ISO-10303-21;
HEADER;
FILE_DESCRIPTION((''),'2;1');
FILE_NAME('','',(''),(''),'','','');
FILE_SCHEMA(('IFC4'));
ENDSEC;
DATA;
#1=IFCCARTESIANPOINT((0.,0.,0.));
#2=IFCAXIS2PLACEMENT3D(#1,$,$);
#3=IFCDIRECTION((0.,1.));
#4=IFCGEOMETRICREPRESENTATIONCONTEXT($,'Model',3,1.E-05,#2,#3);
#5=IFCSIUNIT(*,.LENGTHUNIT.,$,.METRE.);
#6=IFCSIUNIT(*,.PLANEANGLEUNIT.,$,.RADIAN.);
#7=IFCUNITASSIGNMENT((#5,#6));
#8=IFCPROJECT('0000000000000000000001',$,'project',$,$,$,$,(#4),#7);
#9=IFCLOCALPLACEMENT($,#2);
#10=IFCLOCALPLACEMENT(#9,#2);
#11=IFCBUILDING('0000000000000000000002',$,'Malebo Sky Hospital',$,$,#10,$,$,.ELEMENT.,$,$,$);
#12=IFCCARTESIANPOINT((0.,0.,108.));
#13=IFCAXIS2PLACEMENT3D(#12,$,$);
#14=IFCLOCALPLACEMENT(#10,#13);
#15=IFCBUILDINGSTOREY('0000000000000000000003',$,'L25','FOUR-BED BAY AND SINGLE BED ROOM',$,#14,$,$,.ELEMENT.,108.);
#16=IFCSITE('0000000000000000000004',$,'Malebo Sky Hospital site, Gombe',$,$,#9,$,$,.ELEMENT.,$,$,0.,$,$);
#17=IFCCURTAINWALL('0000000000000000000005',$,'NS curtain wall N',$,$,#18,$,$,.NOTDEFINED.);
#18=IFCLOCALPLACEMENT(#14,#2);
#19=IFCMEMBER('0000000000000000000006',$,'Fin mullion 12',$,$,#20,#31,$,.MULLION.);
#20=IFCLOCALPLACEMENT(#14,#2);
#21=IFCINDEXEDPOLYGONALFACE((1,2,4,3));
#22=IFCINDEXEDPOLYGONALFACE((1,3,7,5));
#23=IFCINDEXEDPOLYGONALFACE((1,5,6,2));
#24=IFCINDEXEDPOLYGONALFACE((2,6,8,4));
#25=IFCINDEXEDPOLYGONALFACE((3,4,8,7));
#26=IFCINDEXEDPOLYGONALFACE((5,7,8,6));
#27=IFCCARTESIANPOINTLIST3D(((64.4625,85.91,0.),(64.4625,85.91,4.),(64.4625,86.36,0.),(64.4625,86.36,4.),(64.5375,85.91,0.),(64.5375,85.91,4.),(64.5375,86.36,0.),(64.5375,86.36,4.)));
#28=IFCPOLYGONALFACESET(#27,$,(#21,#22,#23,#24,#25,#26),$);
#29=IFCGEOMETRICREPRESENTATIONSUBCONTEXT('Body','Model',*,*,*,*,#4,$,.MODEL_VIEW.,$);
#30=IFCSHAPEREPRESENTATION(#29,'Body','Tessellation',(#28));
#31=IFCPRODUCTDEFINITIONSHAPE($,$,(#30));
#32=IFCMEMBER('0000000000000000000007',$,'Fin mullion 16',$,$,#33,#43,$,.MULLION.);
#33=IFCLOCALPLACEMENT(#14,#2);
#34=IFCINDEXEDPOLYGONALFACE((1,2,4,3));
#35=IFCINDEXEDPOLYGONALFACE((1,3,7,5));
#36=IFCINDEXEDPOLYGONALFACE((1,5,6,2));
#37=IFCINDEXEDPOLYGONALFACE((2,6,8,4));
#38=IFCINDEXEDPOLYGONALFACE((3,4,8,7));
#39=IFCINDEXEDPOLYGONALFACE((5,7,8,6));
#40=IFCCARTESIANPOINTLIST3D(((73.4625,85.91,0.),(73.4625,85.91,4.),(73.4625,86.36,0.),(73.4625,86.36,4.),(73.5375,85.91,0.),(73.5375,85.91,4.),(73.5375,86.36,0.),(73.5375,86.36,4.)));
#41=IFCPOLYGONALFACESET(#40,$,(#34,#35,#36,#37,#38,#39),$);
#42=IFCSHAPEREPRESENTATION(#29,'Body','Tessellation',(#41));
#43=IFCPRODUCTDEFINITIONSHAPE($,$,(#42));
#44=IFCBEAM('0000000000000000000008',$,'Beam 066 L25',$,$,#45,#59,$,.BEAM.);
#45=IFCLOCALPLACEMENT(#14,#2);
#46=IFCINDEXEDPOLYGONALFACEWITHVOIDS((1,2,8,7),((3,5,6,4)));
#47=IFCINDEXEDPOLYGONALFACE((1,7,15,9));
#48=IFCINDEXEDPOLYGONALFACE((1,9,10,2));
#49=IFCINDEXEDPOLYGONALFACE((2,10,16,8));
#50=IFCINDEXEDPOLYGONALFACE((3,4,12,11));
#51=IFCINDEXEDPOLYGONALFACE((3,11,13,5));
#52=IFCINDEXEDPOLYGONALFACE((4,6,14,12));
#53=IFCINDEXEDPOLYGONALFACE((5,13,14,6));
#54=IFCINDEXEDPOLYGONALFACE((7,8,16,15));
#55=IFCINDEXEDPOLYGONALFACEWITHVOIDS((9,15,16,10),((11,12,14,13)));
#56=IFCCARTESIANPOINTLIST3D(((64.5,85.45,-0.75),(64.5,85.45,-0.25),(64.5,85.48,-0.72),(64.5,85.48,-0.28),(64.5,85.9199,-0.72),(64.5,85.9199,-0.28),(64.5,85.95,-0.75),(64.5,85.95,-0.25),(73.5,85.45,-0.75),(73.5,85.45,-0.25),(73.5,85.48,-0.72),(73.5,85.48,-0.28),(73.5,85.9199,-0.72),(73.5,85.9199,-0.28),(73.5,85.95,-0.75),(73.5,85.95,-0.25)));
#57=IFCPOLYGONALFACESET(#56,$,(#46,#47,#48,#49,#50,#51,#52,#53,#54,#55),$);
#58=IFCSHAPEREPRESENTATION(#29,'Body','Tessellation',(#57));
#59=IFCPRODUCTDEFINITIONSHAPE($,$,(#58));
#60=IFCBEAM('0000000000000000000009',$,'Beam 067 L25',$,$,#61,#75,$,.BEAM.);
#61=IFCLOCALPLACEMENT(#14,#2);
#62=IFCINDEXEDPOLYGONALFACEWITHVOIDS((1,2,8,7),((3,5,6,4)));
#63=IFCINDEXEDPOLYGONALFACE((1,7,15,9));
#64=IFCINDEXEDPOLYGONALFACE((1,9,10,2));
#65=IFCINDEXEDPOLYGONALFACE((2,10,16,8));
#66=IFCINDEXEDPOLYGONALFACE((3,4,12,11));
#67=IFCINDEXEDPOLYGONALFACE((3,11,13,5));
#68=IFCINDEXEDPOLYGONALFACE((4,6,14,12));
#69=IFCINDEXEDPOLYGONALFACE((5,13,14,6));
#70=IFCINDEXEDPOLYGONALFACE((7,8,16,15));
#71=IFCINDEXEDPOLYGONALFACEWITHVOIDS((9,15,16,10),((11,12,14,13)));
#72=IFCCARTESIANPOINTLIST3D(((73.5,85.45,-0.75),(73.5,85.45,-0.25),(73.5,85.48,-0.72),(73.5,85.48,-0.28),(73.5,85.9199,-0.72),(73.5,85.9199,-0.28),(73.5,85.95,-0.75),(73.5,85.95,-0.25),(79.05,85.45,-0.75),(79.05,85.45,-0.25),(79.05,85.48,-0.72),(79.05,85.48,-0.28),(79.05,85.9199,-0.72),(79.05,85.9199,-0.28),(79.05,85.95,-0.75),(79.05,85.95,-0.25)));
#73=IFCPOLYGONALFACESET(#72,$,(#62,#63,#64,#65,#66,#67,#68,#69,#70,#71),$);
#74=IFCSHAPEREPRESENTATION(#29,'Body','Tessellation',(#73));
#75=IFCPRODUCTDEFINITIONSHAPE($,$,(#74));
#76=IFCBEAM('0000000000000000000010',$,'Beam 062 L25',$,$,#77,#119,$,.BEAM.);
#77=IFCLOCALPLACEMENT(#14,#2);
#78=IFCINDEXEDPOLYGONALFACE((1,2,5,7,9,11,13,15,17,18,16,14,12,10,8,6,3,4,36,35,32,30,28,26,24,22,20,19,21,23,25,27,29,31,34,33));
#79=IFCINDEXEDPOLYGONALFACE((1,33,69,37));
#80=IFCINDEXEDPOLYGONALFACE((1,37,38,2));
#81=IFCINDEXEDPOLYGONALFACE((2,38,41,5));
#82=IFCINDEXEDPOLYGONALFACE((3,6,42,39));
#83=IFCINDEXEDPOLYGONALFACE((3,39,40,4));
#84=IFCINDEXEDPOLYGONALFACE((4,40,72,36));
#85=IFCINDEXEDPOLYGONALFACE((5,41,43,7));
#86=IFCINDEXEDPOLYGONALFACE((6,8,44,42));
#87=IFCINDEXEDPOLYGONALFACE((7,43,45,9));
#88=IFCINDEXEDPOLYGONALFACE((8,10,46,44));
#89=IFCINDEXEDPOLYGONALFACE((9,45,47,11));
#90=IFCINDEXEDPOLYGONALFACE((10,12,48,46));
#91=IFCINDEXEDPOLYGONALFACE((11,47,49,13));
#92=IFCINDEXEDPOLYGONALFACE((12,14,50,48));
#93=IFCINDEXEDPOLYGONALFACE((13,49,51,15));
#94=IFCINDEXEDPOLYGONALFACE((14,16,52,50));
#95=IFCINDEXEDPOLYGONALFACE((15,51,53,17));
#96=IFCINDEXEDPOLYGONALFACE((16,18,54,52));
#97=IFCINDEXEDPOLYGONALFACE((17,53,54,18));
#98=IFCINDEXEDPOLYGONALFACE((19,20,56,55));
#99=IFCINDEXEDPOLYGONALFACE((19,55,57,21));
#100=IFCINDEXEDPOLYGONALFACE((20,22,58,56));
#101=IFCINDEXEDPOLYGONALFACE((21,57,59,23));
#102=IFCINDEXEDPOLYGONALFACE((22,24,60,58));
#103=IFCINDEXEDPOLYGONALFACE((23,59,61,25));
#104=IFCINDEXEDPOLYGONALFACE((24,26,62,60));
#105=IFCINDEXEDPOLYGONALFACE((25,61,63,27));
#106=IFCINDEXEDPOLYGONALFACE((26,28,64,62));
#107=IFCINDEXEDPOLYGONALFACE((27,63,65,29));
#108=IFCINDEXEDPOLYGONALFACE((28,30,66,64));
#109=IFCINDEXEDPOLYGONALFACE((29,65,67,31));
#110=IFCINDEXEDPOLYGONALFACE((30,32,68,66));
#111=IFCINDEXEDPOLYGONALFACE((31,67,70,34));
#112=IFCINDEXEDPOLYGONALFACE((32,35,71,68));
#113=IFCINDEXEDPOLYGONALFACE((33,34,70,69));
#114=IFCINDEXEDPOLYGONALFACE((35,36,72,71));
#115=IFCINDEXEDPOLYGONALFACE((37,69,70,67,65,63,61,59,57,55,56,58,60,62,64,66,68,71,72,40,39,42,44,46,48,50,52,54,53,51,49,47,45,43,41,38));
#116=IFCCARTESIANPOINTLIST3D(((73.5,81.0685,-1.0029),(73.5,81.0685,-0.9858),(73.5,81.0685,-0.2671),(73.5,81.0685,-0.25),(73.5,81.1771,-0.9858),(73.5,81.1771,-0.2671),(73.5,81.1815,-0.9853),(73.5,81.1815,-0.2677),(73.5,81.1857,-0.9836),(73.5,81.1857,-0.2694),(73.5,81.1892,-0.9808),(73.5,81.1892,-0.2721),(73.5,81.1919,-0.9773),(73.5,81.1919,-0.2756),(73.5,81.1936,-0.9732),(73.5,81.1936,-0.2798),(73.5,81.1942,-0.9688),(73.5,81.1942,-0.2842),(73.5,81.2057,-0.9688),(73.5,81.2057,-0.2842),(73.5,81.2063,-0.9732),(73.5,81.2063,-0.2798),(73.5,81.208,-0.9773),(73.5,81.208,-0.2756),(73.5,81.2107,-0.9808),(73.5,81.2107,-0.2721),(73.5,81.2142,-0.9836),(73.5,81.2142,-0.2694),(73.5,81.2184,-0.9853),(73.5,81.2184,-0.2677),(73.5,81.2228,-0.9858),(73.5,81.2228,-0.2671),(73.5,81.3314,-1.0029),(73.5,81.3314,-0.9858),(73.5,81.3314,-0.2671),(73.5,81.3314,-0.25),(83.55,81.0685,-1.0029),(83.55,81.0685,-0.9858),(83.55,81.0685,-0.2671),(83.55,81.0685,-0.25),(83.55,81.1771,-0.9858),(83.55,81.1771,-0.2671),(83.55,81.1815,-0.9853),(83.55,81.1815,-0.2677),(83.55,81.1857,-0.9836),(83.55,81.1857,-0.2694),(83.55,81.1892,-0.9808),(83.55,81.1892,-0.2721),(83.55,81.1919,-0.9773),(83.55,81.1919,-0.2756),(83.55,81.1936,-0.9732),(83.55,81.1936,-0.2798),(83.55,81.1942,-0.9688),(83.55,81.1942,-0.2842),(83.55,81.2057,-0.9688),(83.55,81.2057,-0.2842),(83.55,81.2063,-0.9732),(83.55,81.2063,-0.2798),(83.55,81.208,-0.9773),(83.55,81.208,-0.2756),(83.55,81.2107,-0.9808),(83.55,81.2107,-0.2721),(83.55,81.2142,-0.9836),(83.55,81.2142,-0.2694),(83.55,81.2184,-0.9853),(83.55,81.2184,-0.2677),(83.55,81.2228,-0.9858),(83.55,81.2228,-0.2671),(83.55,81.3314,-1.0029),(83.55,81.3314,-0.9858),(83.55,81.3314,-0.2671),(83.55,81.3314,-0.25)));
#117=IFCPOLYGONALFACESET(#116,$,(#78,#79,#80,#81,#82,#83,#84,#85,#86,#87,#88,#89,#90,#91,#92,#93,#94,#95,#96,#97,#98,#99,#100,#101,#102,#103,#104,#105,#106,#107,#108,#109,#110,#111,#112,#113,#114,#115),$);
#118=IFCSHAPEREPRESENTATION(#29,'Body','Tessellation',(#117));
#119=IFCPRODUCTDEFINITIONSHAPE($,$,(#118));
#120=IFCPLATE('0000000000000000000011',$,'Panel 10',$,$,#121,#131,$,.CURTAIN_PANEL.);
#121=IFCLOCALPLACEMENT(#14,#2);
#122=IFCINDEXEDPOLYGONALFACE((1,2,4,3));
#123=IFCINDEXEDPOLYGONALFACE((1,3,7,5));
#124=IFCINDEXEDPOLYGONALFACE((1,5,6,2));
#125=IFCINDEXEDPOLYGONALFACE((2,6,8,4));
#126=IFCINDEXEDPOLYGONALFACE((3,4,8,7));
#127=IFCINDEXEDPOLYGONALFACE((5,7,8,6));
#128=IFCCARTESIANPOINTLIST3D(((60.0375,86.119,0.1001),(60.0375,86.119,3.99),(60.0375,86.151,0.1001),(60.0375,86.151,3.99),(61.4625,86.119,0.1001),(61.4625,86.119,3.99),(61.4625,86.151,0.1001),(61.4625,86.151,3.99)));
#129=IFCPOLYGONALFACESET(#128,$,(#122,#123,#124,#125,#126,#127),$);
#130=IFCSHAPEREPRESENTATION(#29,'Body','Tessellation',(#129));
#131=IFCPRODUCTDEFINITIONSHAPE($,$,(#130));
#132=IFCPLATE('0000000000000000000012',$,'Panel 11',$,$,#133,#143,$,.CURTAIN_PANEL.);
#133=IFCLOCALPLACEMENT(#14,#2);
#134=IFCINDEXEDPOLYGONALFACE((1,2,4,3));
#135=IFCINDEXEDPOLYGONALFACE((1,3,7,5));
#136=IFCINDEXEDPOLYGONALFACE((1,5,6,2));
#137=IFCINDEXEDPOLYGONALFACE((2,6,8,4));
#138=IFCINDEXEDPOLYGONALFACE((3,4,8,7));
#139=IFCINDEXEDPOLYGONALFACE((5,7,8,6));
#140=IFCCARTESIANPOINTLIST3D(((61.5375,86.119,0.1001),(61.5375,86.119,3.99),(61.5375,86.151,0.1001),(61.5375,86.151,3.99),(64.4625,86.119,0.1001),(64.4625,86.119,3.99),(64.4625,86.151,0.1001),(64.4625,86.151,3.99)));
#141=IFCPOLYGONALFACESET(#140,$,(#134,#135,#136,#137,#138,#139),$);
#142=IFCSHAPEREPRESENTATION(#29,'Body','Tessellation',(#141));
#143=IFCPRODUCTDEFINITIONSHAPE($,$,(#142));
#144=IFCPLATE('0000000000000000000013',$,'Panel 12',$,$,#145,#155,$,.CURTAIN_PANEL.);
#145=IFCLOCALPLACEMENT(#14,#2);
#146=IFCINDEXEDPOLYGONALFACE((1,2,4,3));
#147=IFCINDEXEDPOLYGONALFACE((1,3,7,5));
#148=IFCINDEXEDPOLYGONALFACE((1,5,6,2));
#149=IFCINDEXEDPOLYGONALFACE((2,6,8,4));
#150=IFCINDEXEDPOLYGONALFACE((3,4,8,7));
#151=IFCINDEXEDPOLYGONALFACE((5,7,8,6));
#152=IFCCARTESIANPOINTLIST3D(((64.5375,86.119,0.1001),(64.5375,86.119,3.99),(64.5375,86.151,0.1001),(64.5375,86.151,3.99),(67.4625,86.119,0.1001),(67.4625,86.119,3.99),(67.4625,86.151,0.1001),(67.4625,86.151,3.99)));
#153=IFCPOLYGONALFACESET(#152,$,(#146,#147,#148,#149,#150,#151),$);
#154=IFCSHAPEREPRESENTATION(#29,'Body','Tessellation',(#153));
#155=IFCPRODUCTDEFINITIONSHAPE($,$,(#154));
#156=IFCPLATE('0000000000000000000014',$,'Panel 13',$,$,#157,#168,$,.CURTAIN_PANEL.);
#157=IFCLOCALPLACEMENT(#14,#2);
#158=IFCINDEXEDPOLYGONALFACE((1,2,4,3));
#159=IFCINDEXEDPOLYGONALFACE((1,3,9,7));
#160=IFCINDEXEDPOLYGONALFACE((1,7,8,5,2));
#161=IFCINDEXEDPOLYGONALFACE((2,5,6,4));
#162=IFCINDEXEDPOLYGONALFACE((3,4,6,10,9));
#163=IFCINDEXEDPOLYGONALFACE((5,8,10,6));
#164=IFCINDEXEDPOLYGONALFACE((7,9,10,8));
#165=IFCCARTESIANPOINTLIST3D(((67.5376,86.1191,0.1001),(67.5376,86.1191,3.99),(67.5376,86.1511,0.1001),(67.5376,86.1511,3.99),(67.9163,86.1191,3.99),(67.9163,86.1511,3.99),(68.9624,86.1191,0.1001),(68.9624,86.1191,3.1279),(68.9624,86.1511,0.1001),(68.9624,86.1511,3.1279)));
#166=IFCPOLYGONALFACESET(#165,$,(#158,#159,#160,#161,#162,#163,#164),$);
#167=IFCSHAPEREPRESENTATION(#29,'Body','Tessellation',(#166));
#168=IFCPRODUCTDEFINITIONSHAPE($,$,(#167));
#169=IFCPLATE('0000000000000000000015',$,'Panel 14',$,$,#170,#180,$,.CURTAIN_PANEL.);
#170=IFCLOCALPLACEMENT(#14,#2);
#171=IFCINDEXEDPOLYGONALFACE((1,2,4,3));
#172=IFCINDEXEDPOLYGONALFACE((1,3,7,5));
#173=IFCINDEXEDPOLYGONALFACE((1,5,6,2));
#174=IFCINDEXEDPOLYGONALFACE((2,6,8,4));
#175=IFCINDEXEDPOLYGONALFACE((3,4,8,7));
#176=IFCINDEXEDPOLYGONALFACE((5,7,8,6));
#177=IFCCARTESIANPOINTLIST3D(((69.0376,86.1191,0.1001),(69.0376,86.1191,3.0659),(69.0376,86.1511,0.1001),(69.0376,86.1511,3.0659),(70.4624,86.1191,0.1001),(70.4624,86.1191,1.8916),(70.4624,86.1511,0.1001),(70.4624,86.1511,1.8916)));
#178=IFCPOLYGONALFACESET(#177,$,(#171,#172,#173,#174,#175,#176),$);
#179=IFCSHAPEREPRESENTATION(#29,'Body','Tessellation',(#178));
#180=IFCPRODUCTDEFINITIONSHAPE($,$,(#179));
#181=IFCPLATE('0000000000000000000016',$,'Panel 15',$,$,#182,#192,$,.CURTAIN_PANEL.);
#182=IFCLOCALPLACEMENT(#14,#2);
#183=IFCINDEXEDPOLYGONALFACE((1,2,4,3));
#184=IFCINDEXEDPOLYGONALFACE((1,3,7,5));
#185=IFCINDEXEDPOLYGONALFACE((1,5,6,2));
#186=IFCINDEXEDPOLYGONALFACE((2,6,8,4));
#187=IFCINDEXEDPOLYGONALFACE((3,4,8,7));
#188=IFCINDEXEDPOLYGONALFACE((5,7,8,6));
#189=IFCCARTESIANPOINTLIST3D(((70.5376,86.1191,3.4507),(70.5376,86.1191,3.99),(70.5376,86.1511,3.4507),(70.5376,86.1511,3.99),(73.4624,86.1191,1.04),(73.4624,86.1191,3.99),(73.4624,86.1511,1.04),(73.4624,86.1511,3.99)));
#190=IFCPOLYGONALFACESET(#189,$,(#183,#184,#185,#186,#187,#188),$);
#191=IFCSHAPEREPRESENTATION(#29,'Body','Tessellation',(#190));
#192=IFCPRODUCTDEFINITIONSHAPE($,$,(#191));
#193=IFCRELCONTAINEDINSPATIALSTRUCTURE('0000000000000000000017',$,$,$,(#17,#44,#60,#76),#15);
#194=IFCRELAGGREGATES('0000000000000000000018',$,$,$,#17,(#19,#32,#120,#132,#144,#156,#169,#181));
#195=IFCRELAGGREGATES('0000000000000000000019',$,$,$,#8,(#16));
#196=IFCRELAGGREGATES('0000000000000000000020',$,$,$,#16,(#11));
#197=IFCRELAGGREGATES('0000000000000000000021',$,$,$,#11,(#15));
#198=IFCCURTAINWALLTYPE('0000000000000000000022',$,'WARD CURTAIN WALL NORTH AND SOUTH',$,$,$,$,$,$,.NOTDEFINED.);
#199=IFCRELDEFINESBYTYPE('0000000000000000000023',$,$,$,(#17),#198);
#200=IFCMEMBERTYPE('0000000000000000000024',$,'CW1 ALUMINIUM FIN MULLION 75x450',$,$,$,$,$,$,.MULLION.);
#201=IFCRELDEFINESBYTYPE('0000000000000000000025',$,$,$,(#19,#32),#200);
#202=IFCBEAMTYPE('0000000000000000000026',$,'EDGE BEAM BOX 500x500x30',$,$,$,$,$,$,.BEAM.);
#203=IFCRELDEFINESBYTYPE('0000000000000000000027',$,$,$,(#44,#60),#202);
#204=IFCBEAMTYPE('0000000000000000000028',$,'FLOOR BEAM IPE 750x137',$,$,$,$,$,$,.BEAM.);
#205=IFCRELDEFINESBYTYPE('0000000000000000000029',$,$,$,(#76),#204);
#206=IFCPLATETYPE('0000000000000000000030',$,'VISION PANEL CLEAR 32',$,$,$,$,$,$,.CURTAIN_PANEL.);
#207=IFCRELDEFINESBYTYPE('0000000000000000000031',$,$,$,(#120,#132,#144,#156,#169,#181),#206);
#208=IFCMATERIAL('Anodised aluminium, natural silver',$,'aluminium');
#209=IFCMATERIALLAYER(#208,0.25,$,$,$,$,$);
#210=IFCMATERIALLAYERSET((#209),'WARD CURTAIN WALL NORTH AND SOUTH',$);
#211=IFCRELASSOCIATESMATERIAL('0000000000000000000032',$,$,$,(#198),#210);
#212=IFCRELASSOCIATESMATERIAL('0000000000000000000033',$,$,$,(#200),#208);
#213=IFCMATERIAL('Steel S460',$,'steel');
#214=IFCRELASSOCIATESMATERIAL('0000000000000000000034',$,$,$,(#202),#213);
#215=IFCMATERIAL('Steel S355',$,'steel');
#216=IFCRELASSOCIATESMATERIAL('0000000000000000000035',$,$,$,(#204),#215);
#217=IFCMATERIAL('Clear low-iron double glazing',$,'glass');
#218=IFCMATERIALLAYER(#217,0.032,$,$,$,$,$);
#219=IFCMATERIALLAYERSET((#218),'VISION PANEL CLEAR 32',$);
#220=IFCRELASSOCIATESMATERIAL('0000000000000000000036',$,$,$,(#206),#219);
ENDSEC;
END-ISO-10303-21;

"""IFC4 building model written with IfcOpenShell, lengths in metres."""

from ifc_helpers import new_model, si_unit, direction, frame, origin, origin_2d, place, context, subcontext, project, spatial, polyline, rectangle, hollow_rectangle, i_section, outline, extrude, material, layer, layer_set, material_profile, profile_set, type_object, element, aggregate, save


model = new_model("IFC4")

# Units and contexts
model_context = context("Model", 3, precision=1e-05, world=origin(), true_north=direction((0.0, 1.0)))
body_context = subcontext(model_context, "Body", "Model", "MODEL_VIEW")
ifc_project = project(units=[si_unit("LENGTHUNIT", "METRE"), si_unit("PLANEANGLEUNIT", "RADIAN")], contexts=[model_context])

# Site, building, storey
site_placement = place(None, origin())
site = spatial("IfcSite", under=ifc_project, at=site_placement, Name="Malebo Sky Hospital site, Gombe", CompositionType="ELEMENT", RefElevation=0.0)
building_placement = place(site_placement, origin())
building = spatial("IfcBuilding", under=site, at=building_placement, Name="Malebo Sky Hospital", CompositionType="ELEMENT")
storey_placement = place(building_placement, frame((0.0, 0.0, 108.0)))
storey = spatial("IfcBuildingStorey", under=building, at=storey_placement, Name="L25", Description="FOUR-BED BAY AND SINGLE BED ROOM", CompositionType="ELEMENT", Elevation=108.0)

# Shared definitions
ifc_material_1 = material(Name="Steel S460", Category="steel")

# Curtain wall, members
ifc_material_2 = material(Name="Anodised aluminium, natural silver", Category="aluminium")
ifc_layer_1 = layer(ifc_material_2, 0.25)
ifc_layer_set_1 = layer_set([ifc_layer_1], Name="WARD CURTAIN WALL NORTH AND SOUTH")
curtain_wall_type = type_object("IfcCurtainWallType", Name="WARD CURTAIN WALL NORTH AND SOUTH", PredefinedType="NOTDEFINED", material=ifc_layer_set_1)
curtain_wall_placement = place(storey_placement, origin())
curtain_wall = element("IfcCurtainWall", 1, at=curtain_wall_placement, inside=storey, type_object=curtain_wall_type, Name="NS curtain wall N", PredefinedType="NOTDEFINED")
ifc_material_profile_1 = material_profile(ifc_material_2, rectangle(XDim=0.075, YDim=0.45, at=origin_2d()), Name="CW1 ALUMINIUM FIN MULLION 75x450")
ifc_profile_set_1 = profile_set([ifc_material_profile_1], Name="Anodised aluminium, natural silver")
member_type_1 = type_object("IfcMemberType", Name="CW1 ALUMINIUM FIN MULLION 75x450", PredefinedType="MULLION", material=ifc_profile_set_1)
member_1_placement = place(storey_placement, frame((64.5, 86.135, 0.0), z_axis=(0.0, 0.0, 1.0), x_axis=(1.0, 0.0, 0.0)))
member_1 = element("IfcMember", 2, at=member_1_placement, type_object=member_type_1, Name="Fin mullion 12", PredefinedType="MULLION", context=body_context, shape_type="SweptSolid", body=[
    extrude(rectangle(XDim=0.075, YDim=0.45, at=origin_2d()), origin(), (0.0, 0.0, 1.0), 4.0),
])
member_2_placement = place(storey_placement, frame((73.5, 86.135, 0.0), z_axis=(0.0, 0.0, 1.0), x_axis=(1.0, 0.0, 0.0)))
member_2 = element("IfcMember", 3, at=member_2_placement, type_object=member_type_1, Name="Fin mullion 16", PredefinedType="MULLION", context=body_context, shape_type="SweptSolid", body=[
    extrude(rectangle(XDim=0.075, YDim=0.45, at=origin_2d()), origin(), (0.0, 0.0, 1.0), 4.0),
])

# Beams
ifc_material_profile_2 = material_profile(ifc_material_1, hollow_rectangle(XDim=0.5, YDim=0.5, WallThickness=0.03, at=origin_2d()), Name="BOX 500x500x30")
ifc_profile_set_2 = profile_set([ifc_material_profile_2], Name="Steel S460")
beam_type_1 = type_object("IfcBeamType", Name="EDGE BEAM BOX 500x500x30", PredefinedType="BEAM", material=ifc_profile_set_2)
beam_1_placement = place(storey_placement, frame((64.5, 85.7, -0.5), z_axis=(1.0, 0.0, 0.0), x_axis=(0.0, 1.0, 0.0)))
element("IfcBeam", 4, at=beam_1_placement, inside=storey, type_object=beam_type_1, Name="Beam 066 L25", PredefinedType="BEAM", context=body_context, shape_type="SweptSolid", body=[
    extrude(hollow_rectangle(XDim=0.5, YDim=0.5, WallThickness=0.03, at=origin_2d()), origin(), (0.0, 0.0, 1.0), 9.0),
])
beam_2_placement = place(storey_placement, frame((73.5, 85.7, -0.5), z_axis=(1.0, 0.0, 0.0), x_axis=(0.0, 1.0, 0.0)))
element("IfcBeam", 5, at=beam_2_placement, inside=storey, type_object=beam_type_1, Name="Beam 067 L25", PredefinedType="BEAM", context=body_context, shape_type="SweptSolid", body=[
    extrude(hollow_rectangle(XDim=0.5, YDim=0.5, WallThickness=0.03, at=origin_2d()), origin(), (0.0, 0.0, 1.0), 5.55),
])
ifc_material_3 = material(Name="Steel S355", Category="steel")
ifc_material_profile_3 = material_profile(ifc_material_3, i_section(OverallWidth=0.2629, OverallDepth=0.7529, WebThickness=0.0115, FlangeThickness=0.0171, FilletRadius=0.0171, at=origin_2d()), Name="IPE 750x137")
ifc_profile_set_3 = profile_set([ifc_material_profile_3], Name="Steel S355")
beam_type_2 = type_object("IfcBeamType", Name="FLOOR BEAM IPE 750x137", PredefinedType="BEAM", material=ifc_profile_set_3)
beam_3_placement = place(storey_placement, frame((73.5, 81.2, -0.6265), z_axis=(1.0, 0.0, 0.0), x_axis=(0.0, 1.0, 0.0)))
element("IfcBeam", 6, at=beam_3_placement, inside=storey, type_object=beam_type_2, Name="Beam 062 L25", PredefinedType="BEAM", context=body_context, shape_type="SweptSolid", body=[
    extrude(i_section(OverallWidth=0.2629, OverallDepth=0.7529, WebThickness=0.0115, FlangeThickness=0.0171, FilletRadius=0.0171, at=origin_2d()), origin(), (0.0, 0.0, 1.0), 10.05),
])

# Plates
ifc_material_4 = material(Name="Clear low-iron double glazing", Category="glass")
ifc_layer_2 = layer(ifc_material_4, 0.032)
ifc_layer_set_2 = layer_set([ifc_layer_2], Name="VISION PANEL CLEAR 32")
plate_type = type_object("IfcPlateType", Name="VISION PANEL CLEAR 32", PredefinedType="CURTAIN_PANEL", material=ifc_layer_set_2)
plate_1_placement = place(storey_placement, frame((60.75, 86.135, 0.1001), z_axis=(0.0, 0.0, 1.0), x_axis=(1.0, 0.0, 0.0)))
plate_1 = element("IfcPlate", 7, at=plate_1_placement, type_object=plate_type, Name="Panel 10", PredefinedType="CURTAIN_PANEL", context=body_context, shape_type="SweptSolid", body=[
    extrude(rectangle(XDim=1.425, YDim=0.032, at=origin_2d()), origin(), (0.0, 0.0, 1.0), 3.8899),
])
plate_2_placement = place(storey_placement, frame((63.0, 86.135, 0.1001), z_axis=(0.0, 0.0, 1.0), x_axis=(1.0, 0.0, 0.0)))
plate_2 = element("IfcPlate", 8, at=plate_2_placement, type_object=plate_type, Name="Panel 11", PredefinedType="CURTAIN_PANEL", context=body_context, shape_type="SweptSolid", body=[
    extrude(rectangle(XDim=2.925, YDim=0.032, at=origin_2d()), origin(), (0.0, 0.0, 1.0), 3.8899),
])
plate_3_placement = place(storey_placement, frame((66.0, 86.135, 0.1001), z_axis=(0.0, 0.0, 1.0), x_axis=(1.0, 0.0, 0.0)))
plate_3 = element("IfcPlate", 9, at=plate_3_placement, type_object=plate_type, Name="Panel 12", PredefinedType="CURTAIN_PANEL", context=body_context, shape_type="SweptSolid", body=[
    extrude(rectangle(XDim=2.925, YDim=0.032, at=origin_2d()), origin(), (0.0, 0.0, 1.0), 3.8899),
])
plate_4_placement = place(storey_placement, frame((68.25, 86.135, 0.1001), z_axis=(0.0, 0.0, 1.0), x_axis=(1.0, 0.0, 0.0)))
plate_4 = element("IfcPlate", 10, at=plate_4_placement, type_object=plate_type, Name="Panel 13", PredefinedType="CURTAIN_PANEL", context=body_context, shape_type="SweptSolid", body=[
    extrude(outline(polyline([(-0.7124, 0.0), (0.7124, 0.0), (0.7124, 3.0278), (-0.3337, 3.8899), (-0.7124, 3.8899), (-0.7124, 0.0)])), frame((0.0, 0.0161, 0.0), z_axis=(0.0, -1.0, 0.0), x_axis=(1.0, 0.0, 0.0)), (0.0, 0.0, 1.0), 0.032),
])
plate_5_placement = place(storey_placement, frame((69.75, 86.135, 0.1001), z_axis=(0.0, 0.0, 1.0), x_axis=(1.0, 0.0, 0.0)))
plate_5 = element("IfcPlate", 11, at=plate_5_placement, type_object=plate_type, Name="Panel 14", PredefinedType="CURTAIN_PANEL", context=body_context, shape_type="SweptSolid", body=[
    extrude(outline(polyline([(-0.7124, 0.0), (0.7124, 0.0), (0.7124, 1.7915), (-0.7124, 2.9658), (-0.7124, 0.0)])), frame((0.0, 0.0161, 0.0), z_axis=(0.0, -1.0, 0.0), x_axis=(1.0, 0.0, 0.0)), (0.0, 0.0, 1.0), 0.032),
])
plate_6_placement = place(storey_placement, frame((72.0, 86.135, 1.04), z_axis=(0.0, 0.0, 1.0), x_axis=(1.0, 0.0, 0.0)))
plate_6 = element("IfcPlate", 12, at=plate_6_placement, type_object=plate_type, Name="Panel 15", PredefinedType="CURTAIN_PANEL", context=body_context, shape_type="SweptSolid", body=[
    extrude(outline(polyline([(1.4624, 0.0), (1.4624, 2.95), (-1.4624, 2.95), (-1.4624, 2.4106), (1.4624, 0.0)])), frame((0.0, 0.0161, 0.0), z_axis=(0.0, -1.0, 0.0), x_axis=(1.0, 0.0, 0.0)), (0.0, 0.0, 1.0), 0.032),
])
aggregate(curtain_wall, [member_1, member_2, plate_1, plate_2, plate_3, plate_4, plate_5, plate_6])

save(model, "model.ifc")
